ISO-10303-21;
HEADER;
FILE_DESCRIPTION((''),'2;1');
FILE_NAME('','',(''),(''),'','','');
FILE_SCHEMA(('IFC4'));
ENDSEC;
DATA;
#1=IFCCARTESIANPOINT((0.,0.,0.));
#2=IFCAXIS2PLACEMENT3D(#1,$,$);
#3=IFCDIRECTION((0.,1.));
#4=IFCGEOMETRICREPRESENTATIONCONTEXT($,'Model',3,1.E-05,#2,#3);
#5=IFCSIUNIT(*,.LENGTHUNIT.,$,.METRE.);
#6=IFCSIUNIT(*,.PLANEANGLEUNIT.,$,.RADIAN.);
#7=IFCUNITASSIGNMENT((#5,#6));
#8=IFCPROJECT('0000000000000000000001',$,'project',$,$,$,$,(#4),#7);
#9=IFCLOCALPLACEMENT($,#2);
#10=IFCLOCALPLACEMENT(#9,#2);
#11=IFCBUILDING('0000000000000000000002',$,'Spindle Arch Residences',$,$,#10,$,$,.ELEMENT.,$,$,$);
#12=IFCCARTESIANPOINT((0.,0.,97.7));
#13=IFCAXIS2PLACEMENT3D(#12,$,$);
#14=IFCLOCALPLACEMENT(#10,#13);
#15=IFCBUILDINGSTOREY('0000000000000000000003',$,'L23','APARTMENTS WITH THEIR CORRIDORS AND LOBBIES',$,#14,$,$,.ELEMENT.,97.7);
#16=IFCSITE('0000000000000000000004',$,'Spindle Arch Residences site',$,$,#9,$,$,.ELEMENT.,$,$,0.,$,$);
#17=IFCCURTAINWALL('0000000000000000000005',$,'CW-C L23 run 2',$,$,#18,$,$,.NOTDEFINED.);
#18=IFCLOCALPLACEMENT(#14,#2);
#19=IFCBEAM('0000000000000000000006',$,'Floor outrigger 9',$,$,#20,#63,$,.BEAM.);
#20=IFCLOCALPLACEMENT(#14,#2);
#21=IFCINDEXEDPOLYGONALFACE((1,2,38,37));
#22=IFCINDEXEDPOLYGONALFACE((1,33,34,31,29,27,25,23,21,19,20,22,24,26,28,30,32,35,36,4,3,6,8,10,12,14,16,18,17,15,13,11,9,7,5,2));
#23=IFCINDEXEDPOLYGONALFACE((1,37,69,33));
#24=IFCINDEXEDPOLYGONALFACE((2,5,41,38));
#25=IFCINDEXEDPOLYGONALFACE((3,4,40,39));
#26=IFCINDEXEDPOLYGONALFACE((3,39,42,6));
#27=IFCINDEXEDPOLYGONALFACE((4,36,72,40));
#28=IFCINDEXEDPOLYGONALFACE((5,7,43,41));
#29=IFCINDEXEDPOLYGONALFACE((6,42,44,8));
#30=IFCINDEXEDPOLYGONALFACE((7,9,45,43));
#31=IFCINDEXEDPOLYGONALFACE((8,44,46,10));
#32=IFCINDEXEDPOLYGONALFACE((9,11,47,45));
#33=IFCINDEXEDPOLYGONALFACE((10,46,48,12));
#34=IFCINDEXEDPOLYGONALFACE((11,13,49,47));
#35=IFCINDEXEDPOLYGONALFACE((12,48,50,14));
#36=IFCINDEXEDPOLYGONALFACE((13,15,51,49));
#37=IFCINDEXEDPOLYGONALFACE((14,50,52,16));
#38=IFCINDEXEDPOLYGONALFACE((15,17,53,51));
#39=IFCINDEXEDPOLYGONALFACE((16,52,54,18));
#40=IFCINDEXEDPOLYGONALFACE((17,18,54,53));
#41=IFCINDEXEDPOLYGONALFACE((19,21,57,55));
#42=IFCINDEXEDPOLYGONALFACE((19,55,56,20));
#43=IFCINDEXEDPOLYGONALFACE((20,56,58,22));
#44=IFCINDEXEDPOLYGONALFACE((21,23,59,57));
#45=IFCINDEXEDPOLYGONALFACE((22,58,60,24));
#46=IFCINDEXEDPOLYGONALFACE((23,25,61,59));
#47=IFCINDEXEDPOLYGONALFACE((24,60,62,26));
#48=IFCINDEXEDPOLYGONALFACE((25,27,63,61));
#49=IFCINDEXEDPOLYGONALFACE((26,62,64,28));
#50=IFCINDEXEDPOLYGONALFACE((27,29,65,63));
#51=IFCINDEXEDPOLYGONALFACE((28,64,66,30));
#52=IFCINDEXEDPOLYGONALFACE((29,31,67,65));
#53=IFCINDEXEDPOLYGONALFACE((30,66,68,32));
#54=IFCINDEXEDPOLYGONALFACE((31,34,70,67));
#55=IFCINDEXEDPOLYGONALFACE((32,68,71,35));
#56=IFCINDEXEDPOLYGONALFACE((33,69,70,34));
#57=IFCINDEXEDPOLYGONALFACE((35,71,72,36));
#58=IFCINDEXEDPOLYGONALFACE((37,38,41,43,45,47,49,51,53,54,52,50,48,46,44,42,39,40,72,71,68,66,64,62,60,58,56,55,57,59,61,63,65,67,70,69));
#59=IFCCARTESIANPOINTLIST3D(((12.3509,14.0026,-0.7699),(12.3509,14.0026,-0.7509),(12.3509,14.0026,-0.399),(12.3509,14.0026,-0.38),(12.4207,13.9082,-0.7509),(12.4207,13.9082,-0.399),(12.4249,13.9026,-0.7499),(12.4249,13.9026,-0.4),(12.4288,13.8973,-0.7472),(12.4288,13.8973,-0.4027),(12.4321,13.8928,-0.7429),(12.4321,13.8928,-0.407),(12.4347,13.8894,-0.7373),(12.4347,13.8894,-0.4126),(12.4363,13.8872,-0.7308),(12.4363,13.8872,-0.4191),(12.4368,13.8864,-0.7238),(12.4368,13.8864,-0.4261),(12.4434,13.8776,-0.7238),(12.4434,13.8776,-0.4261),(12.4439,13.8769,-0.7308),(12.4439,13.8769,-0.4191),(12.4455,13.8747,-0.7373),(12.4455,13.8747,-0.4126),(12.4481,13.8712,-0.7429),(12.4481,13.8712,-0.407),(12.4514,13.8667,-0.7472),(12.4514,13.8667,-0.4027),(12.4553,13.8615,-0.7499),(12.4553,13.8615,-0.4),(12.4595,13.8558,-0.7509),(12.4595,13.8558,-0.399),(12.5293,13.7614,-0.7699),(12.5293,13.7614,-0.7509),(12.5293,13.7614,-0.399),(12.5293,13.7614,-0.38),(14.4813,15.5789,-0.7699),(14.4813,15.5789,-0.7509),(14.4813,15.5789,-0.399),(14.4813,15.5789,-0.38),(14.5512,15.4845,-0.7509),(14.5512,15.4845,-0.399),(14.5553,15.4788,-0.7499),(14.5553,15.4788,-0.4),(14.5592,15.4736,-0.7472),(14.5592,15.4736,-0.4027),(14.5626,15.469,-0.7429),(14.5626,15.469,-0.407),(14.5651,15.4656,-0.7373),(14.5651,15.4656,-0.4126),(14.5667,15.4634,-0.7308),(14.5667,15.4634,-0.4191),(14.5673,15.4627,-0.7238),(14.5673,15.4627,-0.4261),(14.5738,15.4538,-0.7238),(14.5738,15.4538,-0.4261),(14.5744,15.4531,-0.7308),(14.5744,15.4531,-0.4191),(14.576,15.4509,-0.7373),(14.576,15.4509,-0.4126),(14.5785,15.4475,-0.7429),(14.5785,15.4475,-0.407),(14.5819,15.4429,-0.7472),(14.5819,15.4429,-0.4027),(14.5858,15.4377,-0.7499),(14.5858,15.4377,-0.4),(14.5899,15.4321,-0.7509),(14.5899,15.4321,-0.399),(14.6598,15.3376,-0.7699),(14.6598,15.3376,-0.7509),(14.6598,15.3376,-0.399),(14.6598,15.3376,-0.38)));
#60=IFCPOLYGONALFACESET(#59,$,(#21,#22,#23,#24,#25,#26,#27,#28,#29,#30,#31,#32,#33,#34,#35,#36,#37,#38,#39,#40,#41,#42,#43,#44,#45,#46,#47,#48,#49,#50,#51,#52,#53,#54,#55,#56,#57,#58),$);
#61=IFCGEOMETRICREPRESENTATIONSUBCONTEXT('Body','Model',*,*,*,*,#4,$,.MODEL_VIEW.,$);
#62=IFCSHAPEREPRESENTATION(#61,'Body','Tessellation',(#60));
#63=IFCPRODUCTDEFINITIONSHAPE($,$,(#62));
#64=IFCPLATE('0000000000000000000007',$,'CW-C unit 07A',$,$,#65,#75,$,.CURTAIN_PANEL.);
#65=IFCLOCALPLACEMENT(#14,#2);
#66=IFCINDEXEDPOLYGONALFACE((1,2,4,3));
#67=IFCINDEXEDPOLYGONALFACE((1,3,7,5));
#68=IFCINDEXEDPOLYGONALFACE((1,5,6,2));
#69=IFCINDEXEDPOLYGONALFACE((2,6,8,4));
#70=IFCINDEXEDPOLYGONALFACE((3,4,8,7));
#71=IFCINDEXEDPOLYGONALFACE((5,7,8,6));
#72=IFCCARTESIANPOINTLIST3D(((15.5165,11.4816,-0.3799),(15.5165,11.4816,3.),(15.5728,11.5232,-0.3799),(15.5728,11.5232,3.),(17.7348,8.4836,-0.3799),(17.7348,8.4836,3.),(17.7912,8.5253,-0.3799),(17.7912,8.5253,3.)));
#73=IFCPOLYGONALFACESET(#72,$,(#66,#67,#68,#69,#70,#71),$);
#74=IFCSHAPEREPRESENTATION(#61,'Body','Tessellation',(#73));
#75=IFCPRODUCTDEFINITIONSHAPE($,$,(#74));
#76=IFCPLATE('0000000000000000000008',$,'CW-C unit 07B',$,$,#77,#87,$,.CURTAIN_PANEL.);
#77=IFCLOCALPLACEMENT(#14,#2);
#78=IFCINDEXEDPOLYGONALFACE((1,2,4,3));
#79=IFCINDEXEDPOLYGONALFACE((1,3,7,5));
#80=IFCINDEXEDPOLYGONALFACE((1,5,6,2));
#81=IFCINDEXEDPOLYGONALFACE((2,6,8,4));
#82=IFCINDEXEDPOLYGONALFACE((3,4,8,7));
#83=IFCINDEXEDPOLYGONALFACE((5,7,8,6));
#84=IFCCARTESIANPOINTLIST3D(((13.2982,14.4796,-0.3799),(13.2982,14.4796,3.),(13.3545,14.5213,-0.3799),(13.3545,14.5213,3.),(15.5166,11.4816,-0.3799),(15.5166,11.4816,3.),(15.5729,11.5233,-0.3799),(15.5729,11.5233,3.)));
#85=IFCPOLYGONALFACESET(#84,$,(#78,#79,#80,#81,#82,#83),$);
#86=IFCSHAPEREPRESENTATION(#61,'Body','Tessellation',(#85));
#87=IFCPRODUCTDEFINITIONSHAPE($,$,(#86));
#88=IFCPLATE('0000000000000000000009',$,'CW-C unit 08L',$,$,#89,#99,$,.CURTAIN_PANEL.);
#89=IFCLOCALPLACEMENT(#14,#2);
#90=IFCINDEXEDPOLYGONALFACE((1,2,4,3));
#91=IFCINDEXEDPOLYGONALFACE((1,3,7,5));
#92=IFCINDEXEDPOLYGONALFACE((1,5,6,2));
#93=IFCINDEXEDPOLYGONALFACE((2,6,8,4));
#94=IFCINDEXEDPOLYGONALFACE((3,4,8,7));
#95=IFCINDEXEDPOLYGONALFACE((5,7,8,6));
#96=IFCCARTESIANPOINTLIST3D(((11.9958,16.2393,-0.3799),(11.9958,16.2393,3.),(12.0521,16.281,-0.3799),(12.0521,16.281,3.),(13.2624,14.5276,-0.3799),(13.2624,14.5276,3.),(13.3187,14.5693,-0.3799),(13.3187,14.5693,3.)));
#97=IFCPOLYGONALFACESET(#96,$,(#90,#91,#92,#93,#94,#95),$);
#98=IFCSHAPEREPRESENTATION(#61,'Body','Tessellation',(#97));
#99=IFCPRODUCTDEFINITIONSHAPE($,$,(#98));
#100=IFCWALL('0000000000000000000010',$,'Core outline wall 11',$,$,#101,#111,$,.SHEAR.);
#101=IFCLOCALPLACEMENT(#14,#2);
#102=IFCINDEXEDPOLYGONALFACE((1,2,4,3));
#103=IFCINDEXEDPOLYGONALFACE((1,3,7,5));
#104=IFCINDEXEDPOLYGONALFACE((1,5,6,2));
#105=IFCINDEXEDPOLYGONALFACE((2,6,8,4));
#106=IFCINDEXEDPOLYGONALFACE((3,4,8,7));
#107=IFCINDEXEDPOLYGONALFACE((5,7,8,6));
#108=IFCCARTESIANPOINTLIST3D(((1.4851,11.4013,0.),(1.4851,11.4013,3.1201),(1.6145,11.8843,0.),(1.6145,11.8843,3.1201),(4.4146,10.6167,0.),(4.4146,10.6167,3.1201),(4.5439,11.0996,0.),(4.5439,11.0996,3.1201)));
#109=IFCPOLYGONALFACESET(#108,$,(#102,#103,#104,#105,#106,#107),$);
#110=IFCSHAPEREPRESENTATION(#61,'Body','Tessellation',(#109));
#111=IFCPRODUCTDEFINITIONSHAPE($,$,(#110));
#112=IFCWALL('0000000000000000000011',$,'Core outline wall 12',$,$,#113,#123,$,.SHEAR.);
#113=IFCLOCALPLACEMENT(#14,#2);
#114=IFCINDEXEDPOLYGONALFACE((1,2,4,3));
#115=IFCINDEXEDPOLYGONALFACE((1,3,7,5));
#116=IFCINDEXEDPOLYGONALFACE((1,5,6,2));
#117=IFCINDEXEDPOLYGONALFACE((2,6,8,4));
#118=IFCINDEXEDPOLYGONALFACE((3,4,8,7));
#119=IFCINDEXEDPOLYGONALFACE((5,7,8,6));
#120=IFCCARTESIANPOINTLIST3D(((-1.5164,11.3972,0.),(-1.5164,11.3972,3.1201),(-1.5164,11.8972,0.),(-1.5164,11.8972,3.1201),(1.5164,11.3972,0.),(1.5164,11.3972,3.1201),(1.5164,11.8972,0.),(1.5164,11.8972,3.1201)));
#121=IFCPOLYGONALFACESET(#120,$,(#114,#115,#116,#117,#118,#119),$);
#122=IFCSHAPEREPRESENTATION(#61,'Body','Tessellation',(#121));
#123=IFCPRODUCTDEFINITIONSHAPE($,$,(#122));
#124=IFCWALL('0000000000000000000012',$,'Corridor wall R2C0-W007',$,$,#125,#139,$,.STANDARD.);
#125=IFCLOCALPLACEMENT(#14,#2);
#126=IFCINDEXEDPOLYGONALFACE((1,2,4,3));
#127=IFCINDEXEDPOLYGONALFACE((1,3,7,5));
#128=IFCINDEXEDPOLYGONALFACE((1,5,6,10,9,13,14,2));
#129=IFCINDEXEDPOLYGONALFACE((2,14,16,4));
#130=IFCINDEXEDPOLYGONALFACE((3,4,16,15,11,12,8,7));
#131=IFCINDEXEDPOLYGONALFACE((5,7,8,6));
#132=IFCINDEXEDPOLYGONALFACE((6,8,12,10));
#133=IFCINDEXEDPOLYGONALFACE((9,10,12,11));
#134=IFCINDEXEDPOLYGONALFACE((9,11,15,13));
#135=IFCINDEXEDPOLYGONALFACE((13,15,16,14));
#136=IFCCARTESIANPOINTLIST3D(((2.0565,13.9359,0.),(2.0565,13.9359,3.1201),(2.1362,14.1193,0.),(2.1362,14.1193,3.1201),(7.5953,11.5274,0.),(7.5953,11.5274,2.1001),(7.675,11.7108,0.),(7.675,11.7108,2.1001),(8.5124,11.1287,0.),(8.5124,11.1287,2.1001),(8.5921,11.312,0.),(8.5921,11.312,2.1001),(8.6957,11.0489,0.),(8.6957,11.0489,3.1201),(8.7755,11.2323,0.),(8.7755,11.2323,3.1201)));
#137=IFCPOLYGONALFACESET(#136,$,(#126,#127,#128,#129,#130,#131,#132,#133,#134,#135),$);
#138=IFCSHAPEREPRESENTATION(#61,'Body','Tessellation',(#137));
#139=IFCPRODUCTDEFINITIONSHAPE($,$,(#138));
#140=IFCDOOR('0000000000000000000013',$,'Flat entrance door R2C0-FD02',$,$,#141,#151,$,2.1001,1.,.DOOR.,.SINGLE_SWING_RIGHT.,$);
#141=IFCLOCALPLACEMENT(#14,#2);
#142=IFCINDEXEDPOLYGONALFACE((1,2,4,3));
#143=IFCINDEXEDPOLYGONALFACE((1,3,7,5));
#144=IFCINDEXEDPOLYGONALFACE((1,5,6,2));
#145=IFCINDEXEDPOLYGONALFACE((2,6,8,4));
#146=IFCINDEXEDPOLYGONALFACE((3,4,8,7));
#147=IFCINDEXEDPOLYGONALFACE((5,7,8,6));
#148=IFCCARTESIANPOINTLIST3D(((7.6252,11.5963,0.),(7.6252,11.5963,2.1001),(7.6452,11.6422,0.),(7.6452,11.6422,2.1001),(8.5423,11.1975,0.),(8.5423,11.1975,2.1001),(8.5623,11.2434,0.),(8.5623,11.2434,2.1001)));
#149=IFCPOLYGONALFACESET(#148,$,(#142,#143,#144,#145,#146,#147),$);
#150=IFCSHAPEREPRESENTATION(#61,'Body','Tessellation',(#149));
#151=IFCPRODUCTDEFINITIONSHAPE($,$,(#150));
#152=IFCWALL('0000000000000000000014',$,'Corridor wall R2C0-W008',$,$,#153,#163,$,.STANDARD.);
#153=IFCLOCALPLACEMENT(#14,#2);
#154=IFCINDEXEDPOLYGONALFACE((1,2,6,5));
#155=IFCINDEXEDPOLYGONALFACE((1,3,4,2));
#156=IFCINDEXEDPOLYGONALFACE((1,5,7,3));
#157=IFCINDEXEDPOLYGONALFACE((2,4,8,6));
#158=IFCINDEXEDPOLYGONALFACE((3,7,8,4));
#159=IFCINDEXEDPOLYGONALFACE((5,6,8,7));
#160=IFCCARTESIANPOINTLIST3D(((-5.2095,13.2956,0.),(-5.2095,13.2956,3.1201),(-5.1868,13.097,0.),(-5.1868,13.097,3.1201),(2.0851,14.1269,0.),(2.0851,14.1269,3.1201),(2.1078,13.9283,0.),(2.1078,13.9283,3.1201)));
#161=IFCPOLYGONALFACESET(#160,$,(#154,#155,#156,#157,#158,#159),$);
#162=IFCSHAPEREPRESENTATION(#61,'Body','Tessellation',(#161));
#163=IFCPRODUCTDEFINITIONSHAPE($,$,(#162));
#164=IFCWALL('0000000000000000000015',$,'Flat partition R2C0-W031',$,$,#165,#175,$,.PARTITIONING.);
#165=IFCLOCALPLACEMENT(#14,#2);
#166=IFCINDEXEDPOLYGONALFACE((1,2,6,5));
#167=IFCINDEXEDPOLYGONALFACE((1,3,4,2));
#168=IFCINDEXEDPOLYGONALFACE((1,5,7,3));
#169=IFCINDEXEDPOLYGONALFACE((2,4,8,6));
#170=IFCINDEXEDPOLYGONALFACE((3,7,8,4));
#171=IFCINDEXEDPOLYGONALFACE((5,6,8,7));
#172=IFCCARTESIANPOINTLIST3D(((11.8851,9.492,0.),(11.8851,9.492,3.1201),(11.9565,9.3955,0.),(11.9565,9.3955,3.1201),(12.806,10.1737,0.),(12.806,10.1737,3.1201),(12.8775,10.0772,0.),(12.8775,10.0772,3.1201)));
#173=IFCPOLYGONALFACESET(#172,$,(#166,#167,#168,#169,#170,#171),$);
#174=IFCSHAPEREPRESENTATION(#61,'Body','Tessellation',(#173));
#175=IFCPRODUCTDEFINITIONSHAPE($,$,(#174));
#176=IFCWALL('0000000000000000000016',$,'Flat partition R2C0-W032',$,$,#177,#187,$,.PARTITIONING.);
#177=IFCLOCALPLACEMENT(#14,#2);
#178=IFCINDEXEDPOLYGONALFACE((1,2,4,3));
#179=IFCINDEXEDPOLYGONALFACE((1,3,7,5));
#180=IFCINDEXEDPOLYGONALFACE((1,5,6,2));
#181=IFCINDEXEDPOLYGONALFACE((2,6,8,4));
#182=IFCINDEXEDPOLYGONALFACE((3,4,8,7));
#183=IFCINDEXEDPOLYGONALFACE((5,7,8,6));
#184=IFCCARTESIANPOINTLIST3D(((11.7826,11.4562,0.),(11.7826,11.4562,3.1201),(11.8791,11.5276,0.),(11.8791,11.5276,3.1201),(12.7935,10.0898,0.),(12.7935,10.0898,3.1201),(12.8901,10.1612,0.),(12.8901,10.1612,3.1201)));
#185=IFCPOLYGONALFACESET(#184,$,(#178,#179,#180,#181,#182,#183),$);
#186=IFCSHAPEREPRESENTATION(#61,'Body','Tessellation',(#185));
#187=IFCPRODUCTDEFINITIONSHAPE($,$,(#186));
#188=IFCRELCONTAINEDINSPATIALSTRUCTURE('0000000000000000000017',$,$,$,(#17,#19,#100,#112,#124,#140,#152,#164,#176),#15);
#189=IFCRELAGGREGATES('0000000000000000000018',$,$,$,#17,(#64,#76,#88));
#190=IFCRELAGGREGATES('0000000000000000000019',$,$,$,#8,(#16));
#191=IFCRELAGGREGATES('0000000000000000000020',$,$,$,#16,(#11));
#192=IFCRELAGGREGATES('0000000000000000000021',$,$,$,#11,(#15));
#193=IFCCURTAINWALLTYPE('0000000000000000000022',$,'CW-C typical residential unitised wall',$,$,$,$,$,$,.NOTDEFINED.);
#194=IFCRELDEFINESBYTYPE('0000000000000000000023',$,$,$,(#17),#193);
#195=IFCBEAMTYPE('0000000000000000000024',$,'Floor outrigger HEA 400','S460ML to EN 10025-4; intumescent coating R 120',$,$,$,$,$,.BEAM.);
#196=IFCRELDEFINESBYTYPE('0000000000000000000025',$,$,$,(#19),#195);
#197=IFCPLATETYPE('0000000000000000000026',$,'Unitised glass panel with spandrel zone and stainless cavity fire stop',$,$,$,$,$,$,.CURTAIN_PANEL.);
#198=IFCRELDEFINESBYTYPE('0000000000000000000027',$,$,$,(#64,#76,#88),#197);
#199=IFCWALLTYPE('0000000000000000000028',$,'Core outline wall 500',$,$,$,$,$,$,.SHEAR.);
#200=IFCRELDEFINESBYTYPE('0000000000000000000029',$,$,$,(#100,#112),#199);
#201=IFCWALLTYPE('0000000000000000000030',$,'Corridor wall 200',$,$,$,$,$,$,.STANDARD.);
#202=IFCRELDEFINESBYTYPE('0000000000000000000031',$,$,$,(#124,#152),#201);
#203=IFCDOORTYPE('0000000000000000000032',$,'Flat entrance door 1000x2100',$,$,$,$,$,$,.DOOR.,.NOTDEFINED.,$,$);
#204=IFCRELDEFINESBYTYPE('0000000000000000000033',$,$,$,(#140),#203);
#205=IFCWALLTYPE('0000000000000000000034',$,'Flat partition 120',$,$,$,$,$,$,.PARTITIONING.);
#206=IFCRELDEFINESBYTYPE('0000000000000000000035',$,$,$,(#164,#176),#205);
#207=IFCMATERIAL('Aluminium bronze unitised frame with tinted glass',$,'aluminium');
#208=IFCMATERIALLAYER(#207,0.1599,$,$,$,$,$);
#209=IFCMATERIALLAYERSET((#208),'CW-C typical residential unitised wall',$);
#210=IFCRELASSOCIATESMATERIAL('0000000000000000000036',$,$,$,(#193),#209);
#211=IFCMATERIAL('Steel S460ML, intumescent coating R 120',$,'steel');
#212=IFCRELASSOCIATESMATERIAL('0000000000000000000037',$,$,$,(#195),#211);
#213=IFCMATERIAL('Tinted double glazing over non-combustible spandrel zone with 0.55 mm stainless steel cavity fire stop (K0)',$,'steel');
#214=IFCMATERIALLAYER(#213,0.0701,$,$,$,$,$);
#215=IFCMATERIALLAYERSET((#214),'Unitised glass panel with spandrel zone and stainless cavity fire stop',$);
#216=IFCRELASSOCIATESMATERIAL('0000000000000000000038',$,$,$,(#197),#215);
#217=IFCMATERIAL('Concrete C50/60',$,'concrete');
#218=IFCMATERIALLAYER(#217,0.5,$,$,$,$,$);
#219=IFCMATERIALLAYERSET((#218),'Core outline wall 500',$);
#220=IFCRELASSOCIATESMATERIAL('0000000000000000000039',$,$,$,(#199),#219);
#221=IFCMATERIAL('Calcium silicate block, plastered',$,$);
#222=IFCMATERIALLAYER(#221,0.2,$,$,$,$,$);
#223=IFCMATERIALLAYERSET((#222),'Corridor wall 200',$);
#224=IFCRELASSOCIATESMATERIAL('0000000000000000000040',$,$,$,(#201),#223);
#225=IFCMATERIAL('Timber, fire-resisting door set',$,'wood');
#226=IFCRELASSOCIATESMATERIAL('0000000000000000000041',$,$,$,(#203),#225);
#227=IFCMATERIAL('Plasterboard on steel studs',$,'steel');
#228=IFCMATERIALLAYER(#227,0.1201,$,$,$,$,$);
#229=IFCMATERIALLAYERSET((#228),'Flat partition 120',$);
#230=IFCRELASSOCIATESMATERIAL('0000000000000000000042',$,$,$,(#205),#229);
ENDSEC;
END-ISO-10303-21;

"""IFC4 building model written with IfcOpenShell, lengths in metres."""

from ifc_helpers import new_model, si_unit, direction, frame, frame_2d, origin, origin_2d, place, context, subcontext, project, spatial, rectangle, i_section, extrude, material, layer, layer_set, material_profile, profile_set, type_object, element, fill, aggregate, save


model = new_model("IFC4")

# Units and contexts
model_context = context("Model", 3, precision=1e-05, world=origin(), true_north=direction((0.0, 1.0)))
body_context = subcontext(model_context, "Body", "Model", "MODEL_VIEW")
ifc_project = project(units=[si_unit("LENGTHUNIT", "METRE"), si_unit("PLANEANGLEUNIT", "RADIAN")], contexts=[model_context])

# Site, building, storey
site_placement = place(None, origin())
site = spatial("IfcSite", under=ifc_project, at=site_placement, Name="Spindle Arch Residences site", CompositionType="ELEMENT", RefElevation=0.0)
building_placement = place(site_placement, origin())
building = spatial("IfcBuilding", under=site, at=building_placement, Name="Spindle Arch Residences", CompositionType="ELEMENT")
storey_placement = place(building_placement, frame((0.0, 0.0, 97.7)))
storey = spatial("IfcBuildingStorey", under=building, at=storey_placement, Name="L23", Description="APARTMENTS WITH THEIR CORRIDORS AND LOBBIES", CompositionType="ELEMENT", Elevation=97.7)

# Curtain wall
ifc_material_1 = material(Name="Aluminium bronze unitised frame with tinted glass", Category="aluminium")
ifc_layer_1 = layer(ifc_material_1, 0.1599)
ifc_layer_set_1 = layer_set([ifc_layer_1], Name="CW-C typical residential unitised wall")
curtain_wall_type = type_object("IfcCurtainWallType", Name="CW-C typical residential unitised wall", PredefinedType="NOTDEFINED", material=ifc_layer_set_1)
curtain_wall_placement = place(storey_placement, origin())
curtain_wall = element("IfcCurtainWall", 1, at=curtain_wall_placement, inside=storey, type_object=curtain_wall_type, Name="CW-C L23 run 2", PredefinedType="NOTDEFINED")

# Beam
ifc_material_2 = material(Name="Steel S460ML, intumescent coating R 120", Category="steel")
ifc_material_profile_1 = material_profile(ifc_material_2, i_section(OverallWidth=0.3, OverallDepth=0.3899, WebThickness=0.011, FlangeThickness=0.019, FilletRadius=0.0271, at=origin_2d()), Name="HEA 400")
ifc_profile_set_1 = profile_set([ifc_material_profile_1], Name="Steel S460ML, intumescent coating R 120")
beam_type_1 = type_object("IfcBeamType", Name="Floor outrigger HEA 400", Description="S460ML to EN 10025-4; intumescent coating R 120", PredefinedType="BEAM", material=ifc_profile_set_1)
beam_1_placement = place(storey_placement, frame((14.5706, 15.4583, -0.575), z_axis=(-0.803897, -0.594769, 0.0), x_axis=(0.594769, -0.803897, 0.0)))
element("IfcBeam", 2, at=beam_1_placement, inside=storey, type_object=beam_type_1, Name="Floor outrigger 9", PredefinedType="BEAM", context=body_context, shape_type="SweptSolid", body=[
    extrude(i_section(OverallWidth=0.3, OverallDepth=0.3899, WebThickness=0.011, FlangeThickness=0.019, FilletRadius=0.0271, at=origin_2d()), origin(), (0.0, 0.0, 1.0), 2.6501),
])

# Plates
ifc_material_3 = material(Name="Tinted double glazing over non-combustible spandrel zone with 0.55 mm stainless steel cavity fire stop (K0)", Category="steel")
ifc_layer_2 = layer(ifc_material_3, 0.0701)
ifc_layer_set_2 = layer_set([ifc_layer_2], Name="Unitised glass panel with spandrel zone and stainless cavity fire stop")
plate_type = type_object("IfcPlateType", Name="Unitised glass panel with spandrel zone and stainless cavity fire stop", PredefinedType="CURTAIN_PANEL", material=ifc_layer_set_2)
plate_1_placement = place(storey_placement, frame((16.6538, 10.0034, -0.3799), z_axis=(0.0, 0.0, 1.0), x_axis=(-0.594823, 0.803857, 0.0)))
plate_1 = element("IfcPlate", 3, at=plate_1_placement, type_object=plate_type, Name="CW-C unit 07A", PredefinedType="CURTAIN_PANEL", context=body_context, shape_type="SweptSolid", body=[
    extrude(rectangle(XDim=3.7295, YDim=0.0701, at=origin_2d()), origin(), (0.0, 0.0, 1.0), 3.3799),
])
plate_2_placement = place(storey_placement, frame((14.4355, 13.0015, -0.3799), z_axis=(0.0, 0.0, 1.0), x_axis=(-0.594823, 0.803857, 0.0)))
plate_2 = element("IfcPlate", 4, at=plate_2_placement, type_object=plate_type, Name="CW-C unit 07B", PredefinedType="CURTAIN_PANEL", context=body_context, shape_type="SweptSolid", body=[
    extrude(rectangle(XDim=3.7295, YDim=0.0701, at=origin_2d()), origin(), (0.0, 0.0, 1.0), 3.3799),
])
plate_3_placement = place(storey_placement, frame((12.6572, 15.4043, -0.3799), z_axis=(0.0, 0.0, 1.0), x_axis=(-0.594823, 0.803857, 0.0)))
plate_3 = element("IfcPlate", 5, at=plate_3_placement, type_object=plate_type, Name="CW-C unit 08L", PredefinedType="CURTAIN_PANEL", context=body_context, shape_type="SweptSolid", body=[
    extrude(rectangle(XDim=2.1294, YDim=0.0701, at=origin_2d()), origin(), (0.0, 0.0, 1.0), 3.3799),
])
aggregate(curtain_wall, [plate_1, plate_2, plate_3])

# Walls
ifc_material_4 = material(Name="Concrete C50/60", Category="concrete")
ifc_layer_3 = layer(ifc_material_4, 0.5)
ifc_layer_set_3 = layer_set([ifc_layer_3], Name="Core outline wall 500")
wall_type_1 = type_object("IfcWallType", Name="Core outline wall 500", PredefinedType="SHEAR", material=ifc_layer_set_3)
for number, where, z_axis, x_axis, name in (
    (6, (4.4792, 10.8582, 0.0), (0.0, 0.0, 1.0), (-0.965948, 0.258735, 0.0), "Core outline wall 11"),
    (7, (1.5164, 11.6472, 0.0), (0.0, 0.0, 1.0), (-1.0, 0.0, 0.0), "Core outline wall 12"),
):
    element("IfcWall", number, at=place(storey_placement, frame(where, z_axis=z_axis, x_axis=x_axis)), inside=storey, type_object=wall_type_1, Name=name, PredefinedType="SHEAR", context=body_context, shape_type="SweptSolid", body=[
        extrude(rectangle(XDim=3.0327, YDim=0.5, at=frame_2d((1.5164, 0.0))), origin(), (0.0, 0.0, 1.0), 3.1201),
    ])

# Wall, opening, door
ifc_material_5 = material(Name="Calcium silicate block, plastered")
ifc_layer_4 = layer(ifc_material_5, 0.2)
ifc_layer_set_4 = layer_set([ifc_layer_4], Name="Corridor wall 200")
wall_type_2 = type_object("IfcWallType", Name="Corridor wall 200", PredefinedType="STANDARD", material=ifc_layer_set_4)
wall_1_placement = place(storey_placement, frame((8.7356, 11.1406, 0.0), z_axis=(0.0, 0.0, 1.0), x_axis=(-0.917051, 0.398769, 0.0)))
wall_1 = element("IfcWall", 8, at=wall_1_placement, inside=storey, type_object=wall_type_2, Name="Corridor wall R2C0-W007", PredefinedType="STANDARD", context=body_context, shape_type="SweptSolid", body=[
    extrude(rectangle(XDim=7.2397, YDim=0.2, at=frame_2d((3.6199, 0.0))), origin(), (0.0, 0.0, 1.0), 3.1201),
])
opening_1_placement = place(wall_1_placement, frame((0.2, 0.0, 0.0)))
opening_1 = element("IfcOpeningElement", 9, at=opening_1_placement, cuts=wall_1, PredefinedType="OPENING", context=body_context, shape_type="SweptSolid", body=[
    extrude(rectangle(XDim=1.0, YDim=2.1001, at=frame_2d((0.5, 1.05))), frame((0.0, 0.1099, 0.0), z_axis=(0.0, -1.0, 0.0), x_axis=(1.0, 0.0, 0.0)), (0.0, 0.0, 1.0), 0.22),
])
ifc_material_6 = material(Name="Timber, fire-resisting door set", Category="wood")
door_type_1 = type_object("IfcDoorType", Name="Flat entrance door 1000x2100", OperationType="NOTDEFINED", PredefinedType="DOOR", material=ifc_material_6)
door_1_placement = place(opening_1_placement, origin())
door_1 = element("IfcDoor", 10, at=door_1_placement, inside=storey, type_object=door_type_1, Name="Flat entrance door R2C0-FD02", OperationType="SINGLE_SWING_RIGHT", OverallHeight=2.1001, OverallWidth=1.0, PredefinedType="DOOR", context=body_context, shape_type="SweptSolid", body=[
    extrude(rectangle(XDim=1.0, YDim=2.1001, at=frame_2d((0.5, 1.05))), frame((0.0, 0.0249, 0.0), z_axis=(0.0, -1.0, 0.0), x_axis=(1.0, 0.0, 0.0)), (0.0, 0.0, 1.0), 0.05),
])
fill(opening_1, door_1)

# Walls
wall_2_placement = place(storey_placement, frame((2.0964, 14.0276, 0.0), z_axis=(0.0, 0.0, 1.0), x_axis=(-0.993569, -0.113227, 0.0)))
element("IfcWall", 11, at=wall_2_placement, inside=storey, type_object=wall_type_2, Name="Corridor wall R2C0-W008", PredefinedType="STANDARD", context=body_context, shape_type="SweptSolid", body=[
    extrude(rectangle(XDim=7.3418, YDim=0.2, at=frame_2d((3.6709, 0.0))), origin(), (0.0, 0.0, 1.0), 3.1201),
])
ifc_material_7 = material(Name="Plasterboard on steel studs", Category="steel")
ifc_layer_5 = layer(ifc_material_7, 0.1201)
ifc_layer_set_5 = layer_set([ifc_layer_5], Name="Flat partition 120")
wall_type_3 = type_object("IfcWallType", Name="Flat partition 120", PredefinedType="PARTITIONING", material=ifc_layer_set_5)
wall_3_placement = place(storey_placement, frame((11.9209, 9.4438, 0.0), z_axis=(0.0, 0.0, 1.0), x_axis=(0.803769, 0.594942, 0.0)))
element("IfcWall", 12, at=wall_3_placement, inside=storey, type_object=wall_type_3, Name="Flat partition R2C0-W031", PredefinedType="PARTITIONING", context=body_context, shape_type="SweptSolid", body=[
    extrude(rectangle(XDim=1.1458, YDim=0.1201, at=frame_2d((0.5728, 0.0))), origin(), (0.0, 0.0, 1.0), 3.1201),
])
wall_4_placement = place(storey_placement, frame((12.8418, 10.1255, 0.0), z_axis=(0.0, 0.0, 1.0), x_axis=(-0.594771, 0.803895, 0.0)))
element("IfcWall", 13, at=wall_4_placement, inside=storey, type_object=wall_type_3, Name="Flat partition R2C0-W032", PredefinedType="PARTITIONING", context=body_context, shape_type="SweptSolid", body=[
    extrude(rectangle(XDim=1.6997, YDim=0.1201, at=frame_2d((0.8499, 0.0))), origin(), (0.0, 0.0, 1.0), 3.1201),
])

save(model, "model.ifc")
